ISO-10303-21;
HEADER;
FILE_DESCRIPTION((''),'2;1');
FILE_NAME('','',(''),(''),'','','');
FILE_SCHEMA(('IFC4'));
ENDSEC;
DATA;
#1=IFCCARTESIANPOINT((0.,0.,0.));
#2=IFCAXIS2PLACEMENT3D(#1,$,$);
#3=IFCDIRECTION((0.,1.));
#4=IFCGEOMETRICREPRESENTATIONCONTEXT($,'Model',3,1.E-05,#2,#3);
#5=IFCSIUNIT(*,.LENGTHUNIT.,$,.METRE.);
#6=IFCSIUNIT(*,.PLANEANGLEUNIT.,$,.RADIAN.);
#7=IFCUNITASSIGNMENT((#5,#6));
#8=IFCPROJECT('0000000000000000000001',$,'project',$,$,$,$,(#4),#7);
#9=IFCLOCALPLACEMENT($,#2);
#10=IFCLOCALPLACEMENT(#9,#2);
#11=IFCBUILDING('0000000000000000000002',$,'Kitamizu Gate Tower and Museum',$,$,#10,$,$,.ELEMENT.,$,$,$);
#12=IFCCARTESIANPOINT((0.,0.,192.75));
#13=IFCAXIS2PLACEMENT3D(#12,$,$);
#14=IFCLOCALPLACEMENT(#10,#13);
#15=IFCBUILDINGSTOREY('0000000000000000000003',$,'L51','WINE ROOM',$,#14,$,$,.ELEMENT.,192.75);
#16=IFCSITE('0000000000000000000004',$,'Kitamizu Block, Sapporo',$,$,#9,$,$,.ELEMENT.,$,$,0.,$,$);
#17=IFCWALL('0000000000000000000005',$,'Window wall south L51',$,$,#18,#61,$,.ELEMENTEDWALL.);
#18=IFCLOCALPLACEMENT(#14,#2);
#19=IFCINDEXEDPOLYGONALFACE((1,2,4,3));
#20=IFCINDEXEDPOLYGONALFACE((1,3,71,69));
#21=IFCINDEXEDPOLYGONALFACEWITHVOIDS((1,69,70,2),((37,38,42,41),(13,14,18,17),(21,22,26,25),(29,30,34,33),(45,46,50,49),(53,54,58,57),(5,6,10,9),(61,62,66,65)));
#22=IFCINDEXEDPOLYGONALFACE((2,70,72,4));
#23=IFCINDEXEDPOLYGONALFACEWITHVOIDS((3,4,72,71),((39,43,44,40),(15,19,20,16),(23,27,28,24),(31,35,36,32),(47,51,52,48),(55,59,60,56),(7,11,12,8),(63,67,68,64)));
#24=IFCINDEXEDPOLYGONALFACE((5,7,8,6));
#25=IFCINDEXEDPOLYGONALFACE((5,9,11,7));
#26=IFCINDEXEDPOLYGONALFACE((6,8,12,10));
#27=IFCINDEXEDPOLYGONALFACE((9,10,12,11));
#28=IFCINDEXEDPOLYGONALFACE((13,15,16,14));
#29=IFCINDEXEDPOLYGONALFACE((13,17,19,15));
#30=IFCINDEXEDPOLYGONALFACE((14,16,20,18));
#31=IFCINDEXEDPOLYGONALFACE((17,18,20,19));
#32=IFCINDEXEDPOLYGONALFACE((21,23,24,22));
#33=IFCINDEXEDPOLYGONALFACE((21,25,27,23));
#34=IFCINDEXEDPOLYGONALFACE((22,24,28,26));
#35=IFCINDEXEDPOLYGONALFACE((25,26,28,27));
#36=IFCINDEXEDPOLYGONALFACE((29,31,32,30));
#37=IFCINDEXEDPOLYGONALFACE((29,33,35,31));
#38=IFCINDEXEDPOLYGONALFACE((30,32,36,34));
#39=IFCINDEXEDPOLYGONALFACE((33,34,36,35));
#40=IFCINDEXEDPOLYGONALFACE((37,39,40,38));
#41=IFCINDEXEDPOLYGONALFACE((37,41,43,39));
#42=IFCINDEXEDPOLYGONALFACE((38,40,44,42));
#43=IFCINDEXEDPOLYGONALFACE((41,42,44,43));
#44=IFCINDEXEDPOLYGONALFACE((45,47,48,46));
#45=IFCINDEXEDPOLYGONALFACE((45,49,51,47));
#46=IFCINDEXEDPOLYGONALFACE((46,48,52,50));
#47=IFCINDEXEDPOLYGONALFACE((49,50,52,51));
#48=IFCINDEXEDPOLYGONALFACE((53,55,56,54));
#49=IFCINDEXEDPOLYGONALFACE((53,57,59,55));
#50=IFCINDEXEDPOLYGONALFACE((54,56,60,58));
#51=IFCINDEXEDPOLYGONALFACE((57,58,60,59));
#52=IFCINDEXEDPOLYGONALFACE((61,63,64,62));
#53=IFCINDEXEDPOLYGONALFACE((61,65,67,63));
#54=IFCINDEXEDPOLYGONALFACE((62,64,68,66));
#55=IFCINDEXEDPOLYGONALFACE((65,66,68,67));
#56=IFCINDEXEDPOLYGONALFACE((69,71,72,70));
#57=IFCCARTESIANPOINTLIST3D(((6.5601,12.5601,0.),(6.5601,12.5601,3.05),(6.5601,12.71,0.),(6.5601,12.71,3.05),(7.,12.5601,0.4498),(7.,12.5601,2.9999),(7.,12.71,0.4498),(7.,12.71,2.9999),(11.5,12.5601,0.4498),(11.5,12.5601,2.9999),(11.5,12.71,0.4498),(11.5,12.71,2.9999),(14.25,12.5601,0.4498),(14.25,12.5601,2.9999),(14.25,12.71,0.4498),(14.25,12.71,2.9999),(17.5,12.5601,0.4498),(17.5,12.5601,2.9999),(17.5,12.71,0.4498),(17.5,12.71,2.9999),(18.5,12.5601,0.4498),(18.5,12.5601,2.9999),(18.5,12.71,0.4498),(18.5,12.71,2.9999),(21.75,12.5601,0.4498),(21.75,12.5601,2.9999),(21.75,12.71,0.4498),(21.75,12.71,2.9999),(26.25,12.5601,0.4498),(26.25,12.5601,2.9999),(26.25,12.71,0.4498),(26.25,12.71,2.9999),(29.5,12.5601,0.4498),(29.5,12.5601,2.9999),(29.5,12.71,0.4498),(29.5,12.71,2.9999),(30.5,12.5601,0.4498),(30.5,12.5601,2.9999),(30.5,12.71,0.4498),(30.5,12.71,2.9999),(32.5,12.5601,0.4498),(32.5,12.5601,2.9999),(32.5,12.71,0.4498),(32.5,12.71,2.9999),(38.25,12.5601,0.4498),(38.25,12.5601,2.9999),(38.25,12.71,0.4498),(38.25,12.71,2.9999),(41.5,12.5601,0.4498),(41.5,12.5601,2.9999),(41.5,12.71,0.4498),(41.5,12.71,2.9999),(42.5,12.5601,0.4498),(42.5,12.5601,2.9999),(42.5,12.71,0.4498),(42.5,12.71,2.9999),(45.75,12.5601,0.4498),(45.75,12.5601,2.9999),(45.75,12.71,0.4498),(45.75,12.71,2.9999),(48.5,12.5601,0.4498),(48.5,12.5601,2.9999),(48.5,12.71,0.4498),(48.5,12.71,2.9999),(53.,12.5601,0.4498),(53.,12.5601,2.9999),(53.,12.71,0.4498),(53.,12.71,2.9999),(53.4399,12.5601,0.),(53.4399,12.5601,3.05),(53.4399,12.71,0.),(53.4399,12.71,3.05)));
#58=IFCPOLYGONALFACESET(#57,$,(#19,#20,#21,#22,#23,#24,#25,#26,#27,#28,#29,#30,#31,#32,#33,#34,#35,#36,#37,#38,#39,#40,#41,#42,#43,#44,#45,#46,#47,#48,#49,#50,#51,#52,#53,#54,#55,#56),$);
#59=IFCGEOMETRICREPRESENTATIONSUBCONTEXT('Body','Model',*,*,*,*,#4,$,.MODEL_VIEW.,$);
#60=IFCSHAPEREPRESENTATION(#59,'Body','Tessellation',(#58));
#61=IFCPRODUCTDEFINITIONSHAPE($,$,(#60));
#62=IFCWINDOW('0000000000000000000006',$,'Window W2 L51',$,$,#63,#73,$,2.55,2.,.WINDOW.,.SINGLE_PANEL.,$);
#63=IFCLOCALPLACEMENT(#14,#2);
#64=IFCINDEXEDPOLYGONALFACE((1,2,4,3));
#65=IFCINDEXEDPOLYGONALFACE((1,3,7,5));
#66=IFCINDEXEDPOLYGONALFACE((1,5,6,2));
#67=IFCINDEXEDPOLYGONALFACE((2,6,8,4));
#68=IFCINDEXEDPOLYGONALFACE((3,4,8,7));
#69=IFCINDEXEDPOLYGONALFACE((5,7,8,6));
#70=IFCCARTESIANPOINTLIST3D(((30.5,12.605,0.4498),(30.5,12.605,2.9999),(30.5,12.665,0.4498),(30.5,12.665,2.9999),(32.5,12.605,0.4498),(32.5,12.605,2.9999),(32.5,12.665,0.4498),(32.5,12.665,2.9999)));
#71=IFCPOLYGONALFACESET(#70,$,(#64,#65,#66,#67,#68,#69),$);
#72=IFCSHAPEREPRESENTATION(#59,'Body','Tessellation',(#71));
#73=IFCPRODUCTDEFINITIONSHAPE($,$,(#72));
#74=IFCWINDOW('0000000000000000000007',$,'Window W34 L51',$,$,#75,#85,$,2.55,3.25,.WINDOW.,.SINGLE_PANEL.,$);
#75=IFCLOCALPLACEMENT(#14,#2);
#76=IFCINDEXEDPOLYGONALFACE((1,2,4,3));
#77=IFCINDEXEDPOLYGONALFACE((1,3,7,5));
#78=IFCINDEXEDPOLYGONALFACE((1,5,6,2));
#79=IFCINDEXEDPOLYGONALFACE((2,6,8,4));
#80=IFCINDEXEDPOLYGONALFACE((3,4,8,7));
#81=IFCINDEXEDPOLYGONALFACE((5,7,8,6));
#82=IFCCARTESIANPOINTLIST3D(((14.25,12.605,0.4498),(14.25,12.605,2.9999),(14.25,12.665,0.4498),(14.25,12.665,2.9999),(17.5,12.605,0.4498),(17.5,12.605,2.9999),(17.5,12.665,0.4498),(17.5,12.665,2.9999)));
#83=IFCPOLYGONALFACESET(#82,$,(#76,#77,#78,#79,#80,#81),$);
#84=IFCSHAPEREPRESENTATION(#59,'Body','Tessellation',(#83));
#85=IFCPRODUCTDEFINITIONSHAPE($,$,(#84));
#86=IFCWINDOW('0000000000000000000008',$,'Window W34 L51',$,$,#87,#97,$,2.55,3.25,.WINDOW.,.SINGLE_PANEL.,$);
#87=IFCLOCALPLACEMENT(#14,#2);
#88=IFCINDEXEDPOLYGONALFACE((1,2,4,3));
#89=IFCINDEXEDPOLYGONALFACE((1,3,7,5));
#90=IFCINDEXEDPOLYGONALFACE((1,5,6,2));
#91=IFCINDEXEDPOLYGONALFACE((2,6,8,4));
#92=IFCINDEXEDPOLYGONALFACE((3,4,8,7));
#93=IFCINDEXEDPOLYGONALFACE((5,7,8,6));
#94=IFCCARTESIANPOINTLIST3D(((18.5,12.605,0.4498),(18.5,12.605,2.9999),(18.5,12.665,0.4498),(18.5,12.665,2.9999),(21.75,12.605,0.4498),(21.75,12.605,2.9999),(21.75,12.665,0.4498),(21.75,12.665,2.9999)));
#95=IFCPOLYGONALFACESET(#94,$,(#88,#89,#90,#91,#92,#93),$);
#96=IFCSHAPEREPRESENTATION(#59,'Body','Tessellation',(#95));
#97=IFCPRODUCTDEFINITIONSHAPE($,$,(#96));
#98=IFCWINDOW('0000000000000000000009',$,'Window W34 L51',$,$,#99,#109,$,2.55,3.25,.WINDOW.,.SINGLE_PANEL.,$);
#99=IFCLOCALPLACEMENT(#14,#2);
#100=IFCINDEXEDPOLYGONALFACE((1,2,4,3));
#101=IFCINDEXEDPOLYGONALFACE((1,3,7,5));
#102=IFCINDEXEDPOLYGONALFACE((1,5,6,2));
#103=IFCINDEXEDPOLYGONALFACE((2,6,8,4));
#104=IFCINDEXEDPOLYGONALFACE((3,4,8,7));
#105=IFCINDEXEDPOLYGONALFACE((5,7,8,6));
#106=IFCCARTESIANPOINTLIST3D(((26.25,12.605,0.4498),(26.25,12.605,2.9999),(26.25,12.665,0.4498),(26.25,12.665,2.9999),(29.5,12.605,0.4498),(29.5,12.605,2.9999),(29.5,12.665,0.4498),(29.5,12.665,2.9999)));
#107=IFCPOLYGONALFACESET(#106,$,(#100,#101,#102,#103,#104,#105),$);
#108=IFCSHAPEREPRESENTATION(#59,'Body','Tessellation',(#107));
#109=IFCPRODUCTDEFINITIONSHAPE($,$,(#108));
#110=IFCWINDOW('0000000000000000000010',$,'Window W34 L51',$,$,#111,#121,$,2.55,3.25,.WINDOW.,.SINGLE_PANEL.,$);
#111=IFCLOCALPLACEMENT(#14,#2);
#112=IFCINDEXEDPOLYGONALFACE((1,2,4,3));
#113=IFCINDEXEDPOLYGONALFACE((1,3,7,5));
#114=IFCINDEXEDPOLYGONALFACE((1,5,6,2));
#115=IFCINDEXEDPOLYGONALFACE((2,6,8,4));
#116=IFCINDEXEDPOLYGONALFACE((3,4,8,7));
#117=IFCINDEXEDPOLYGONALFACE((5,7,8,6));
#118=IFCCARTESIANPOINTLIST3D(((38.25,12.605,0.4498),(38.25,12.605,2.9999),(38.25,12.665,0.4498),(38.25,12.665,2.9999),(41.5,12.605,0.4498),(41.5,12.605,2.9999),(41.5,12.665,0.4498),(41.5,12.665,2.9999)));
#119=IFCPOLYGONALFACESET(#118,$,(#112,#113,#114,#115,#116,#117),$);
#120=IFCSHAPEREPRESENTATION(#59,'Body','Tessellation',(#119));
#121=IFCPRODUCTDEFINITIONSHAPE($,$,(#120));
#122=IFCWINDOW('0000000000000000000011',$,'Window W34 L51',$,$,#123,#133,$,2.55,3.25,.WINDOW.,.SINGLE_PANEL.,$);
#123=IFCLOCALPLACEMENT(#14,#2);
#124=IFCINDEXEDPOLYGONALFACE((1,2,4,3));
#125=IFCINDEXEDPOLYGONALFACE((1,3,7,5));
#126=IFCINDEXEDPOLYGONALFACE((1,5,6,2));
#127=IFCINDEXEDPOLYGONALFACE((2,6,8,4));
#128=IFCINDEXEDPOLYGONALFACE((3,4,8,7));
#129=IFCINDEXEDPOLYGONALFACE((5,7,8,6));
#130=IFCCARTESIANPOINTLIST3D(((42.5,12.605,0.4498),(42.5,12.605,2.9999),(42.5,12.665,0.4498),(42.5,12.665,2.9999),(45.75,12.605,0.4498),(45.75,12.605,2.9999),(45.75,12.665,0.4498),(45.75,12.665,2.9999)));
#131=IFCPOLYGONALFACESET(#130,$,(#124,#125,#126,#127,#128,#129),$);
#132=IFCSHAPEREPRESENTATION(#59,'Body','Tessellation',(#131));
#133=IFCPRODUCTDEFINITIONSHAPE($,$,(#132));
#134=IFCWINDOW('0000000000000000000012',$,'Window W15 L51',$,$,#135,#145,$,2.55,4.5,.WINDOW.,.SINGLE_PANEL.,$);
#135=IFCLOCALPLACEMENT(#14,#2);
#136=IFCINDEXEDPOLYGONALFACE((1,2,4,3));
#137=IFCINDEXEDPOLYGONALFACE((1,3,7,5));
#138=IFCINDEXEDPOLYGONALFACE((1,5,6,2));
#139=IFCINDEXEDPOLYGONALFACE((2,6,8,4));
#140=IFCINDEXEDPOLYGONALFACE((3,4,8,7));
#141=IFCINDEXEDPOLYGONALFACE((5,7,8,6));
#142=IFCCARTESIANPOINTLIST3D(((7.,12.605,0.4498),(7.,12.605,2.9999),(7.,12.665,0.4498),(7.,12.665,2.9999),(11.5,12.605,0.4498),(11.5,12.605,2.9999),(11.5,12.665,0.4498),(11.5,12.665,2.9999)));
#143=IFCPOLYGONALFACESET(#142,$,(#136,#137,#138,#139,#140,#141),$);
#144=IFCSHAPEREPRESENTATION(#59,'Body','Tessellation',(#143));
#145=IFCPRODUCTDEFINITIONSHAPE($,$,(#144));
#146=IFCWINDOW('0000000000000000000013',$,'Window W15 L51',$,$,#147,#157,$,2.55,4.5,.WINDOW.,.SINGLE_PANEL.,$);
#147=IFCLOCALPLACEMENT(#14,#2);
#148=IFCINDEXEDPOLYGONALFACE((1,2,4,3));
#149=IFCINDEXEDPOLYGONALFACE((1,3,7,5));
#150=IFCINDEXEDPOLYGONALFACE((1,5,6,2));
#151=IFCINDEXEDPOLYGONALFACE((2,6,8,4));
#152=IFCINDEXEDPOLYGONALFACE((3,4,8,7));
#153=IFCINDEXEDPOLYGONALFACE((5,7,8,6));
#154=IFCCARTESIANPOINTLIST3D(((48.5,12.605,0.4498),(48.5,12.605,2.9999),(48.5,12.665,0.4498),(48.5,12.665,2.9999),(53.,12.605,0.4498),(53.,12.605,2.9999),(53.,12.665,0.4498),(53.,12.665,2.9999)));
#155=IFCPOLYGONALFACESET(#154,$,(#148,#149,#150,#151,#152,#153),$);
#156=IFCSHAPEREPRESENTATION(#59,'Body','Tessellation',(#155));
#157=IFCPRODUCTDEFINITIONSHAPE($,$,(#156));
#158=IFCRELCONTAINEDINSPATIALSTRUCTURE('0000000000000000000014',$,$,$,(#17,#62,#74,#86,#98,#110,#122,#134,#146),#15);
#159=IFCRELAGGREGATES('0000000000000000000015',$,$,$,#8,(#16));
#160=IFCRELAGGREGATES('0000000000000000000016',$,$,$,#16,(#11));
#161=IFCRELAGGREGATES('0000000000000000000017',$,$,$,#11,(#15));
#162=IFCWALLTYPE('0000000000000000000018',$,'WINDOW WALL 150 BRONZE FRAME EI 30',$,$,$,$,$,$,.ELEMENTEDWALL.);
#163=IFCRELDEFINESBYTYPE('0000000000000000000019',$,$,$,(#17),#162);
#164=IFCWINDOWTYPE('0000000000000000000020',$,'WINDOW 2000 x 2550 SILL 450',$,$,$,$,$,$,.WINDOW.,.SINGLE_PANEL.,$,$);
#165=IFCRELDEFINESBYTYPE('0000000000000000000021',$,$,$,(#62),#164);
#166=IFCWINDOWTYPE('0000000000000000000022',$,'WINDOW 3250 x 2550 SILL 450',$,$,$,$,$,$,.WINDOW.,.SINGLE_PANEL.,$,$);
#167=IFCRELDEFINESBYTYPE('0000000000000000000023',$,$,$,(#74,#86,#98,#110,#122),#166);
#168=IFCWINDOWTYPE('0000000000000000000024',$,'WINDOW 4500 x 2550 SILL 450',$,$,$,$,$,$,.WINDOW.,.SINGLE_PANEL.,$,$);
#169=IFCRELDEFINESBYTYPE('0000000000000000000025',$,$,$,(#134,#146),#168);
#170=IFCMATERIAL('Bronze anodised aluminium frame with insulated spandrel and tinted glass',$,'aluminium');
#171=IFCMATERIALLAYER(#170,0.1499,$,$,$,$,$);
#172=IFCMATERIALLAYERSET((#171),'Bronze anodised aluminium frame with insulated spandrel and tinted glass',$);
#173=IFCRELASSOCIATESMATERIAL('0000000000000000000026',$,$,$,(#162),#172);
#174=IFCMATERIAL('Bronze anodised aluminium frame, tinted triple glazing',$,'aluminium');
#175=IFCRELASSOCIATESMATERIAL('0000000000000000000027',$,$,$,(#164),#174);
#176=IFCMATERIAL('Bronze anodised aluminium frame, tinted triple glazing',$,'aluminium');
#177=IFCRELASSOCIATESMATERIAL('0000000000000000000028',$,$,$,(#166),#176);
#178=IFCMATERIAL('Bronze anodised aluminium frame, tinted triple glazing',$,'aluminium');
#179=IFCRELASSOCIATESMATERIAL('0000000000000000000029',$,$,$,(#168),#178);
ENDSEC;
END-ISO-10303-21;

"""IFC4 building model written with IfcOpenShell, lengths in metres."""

from ifc_helpers import new_model, si_unit, direction, frame, frame_2d, origin, place, context, subcontext, project, spatial, rectangle, extrude, material, layer, layer_set, type_object, element, fill, save


model = new_model("IFC4")

# Units and contexts
model_context = context("Model", 3, precision=1e-05, world=origin(), true_north=direction((0.0, 1.0)))
body_context = subcontext(model_context, "Body", "Model", "MODEL_VIEW")
ifc_project = project(units=[si_unit("LENGTHUNIT", "METRE"), si_unit("PLANEANGLEUNIT", "RADIAN")], contexts=[model_context])

# Site, building, storey
site_placement = place(None, origin())
site = spatial("IfcSite", under=ifc_project, at=site_placement, Name="Kitamizu Block, Sapporo", CompositionType="ELEMENT", RefElevation=0.0)
building_placement = place(site_placement, origin())
building = spatial("IfcBuilding", under=site, at=building_placement, Name="Kitamizu Gate Tower and Museum", CompositionType="ELEMENT")
storey_placement = place(building_placement, frame((0.0, 0.0, 192.75)))
storey = spatial("IfcBuildingStorey", under=building, at=storey_placement, Name="L51", Description="WINE ROOM", CompositionType="ELEMENT", Elevation=192.75)

# Wall, openings, windows
ifc_material_1 = material(Name="Bronze anodised aluminium frame with insulated spandrel and tinted glass", Category="aluminium")
ifc_layer_1 = layer(ifc_material_1, 0.1499)
ifc_layer_set_1 = layer_set([ifc_layer_1], Name="Bronze anodised aluminium frame with insulated spandrel and tinted glass")
wall_type_1 = type_object("IfcWallType", Name="WINDOW WALL 150 BRONZE FRAME EI 30", PredefinedType="ELEMENTEDWALL", material=ifc_layer_set_1)
wall_1_placement = place(storey_placement, frame((6.5601, 12.635, 0.0), z_axis=(0.0, 0.0, 1.0), x_axis=(1.0, 0.0, 0.0)))
wall_1 = element("IfcWall", 1, at=wall_1_placement, inside=storey, type_object=wall_type_1, Name="Window wall south L51", PredefinedType="ELEMENTEDWALL", context=body_context, shape_type="SweptSolid", body=[
    extrude(rectangle(XDim=46.8799, YDim=0.1499, at=frame_2d((23.4399, 0.0))), origin(), (0.0, 0.0, 1.0), 3.05),
])
opening_1_placement = place(wall_1_placement, frame((0.4399, 0.0, 0.45)))
opening_1 = element("IfcOpeningElement", 2, at=opening_1_placement, cuts=wall_1, PredefinedType="OPENING", context=body_context, shape_type="SweptSolid", body=[
    extrude(rectangle(XDim=4.5, YDim=2.55, at=frame_2d((2.25, 1.2749))), frame((0.0, 0.085, 0.0), z_axis=(0.0, -1.0, 0.0), x_axis=(1.0, 0.0, 0.0)), (0.0, 0.0, 1.0), 0.1699),
])
opening_2_placement = place(wall_1_placement, frame((7.6899, 0.0, 0.45)))
opening_2 = element("IfcOpeningElement", 3, at=opening_2_placement, cuts=wall_1, PredefinedType="OPENING", context=body_context, shape_type="SweptSolid", body=[
    extrude(rectangle(XDim=3.25, YDim=2.55, at=frame_2d((1.625, 1.2749))), frame((0.0, 0.085, 0.0), z_axis=(0.0, -1.0, 0.0), x_axis=(1.0, 0.0, 0.0)), (0.0, 0.0, 1.0), 0.1699),
])
opening_3_placement = place(wall_1_placement, frame((11.9399, 0.0, 0.45)))
opening_3 = element("IfcOpeningElement", 4, at=opening_3_placement, cuts=wall_1, PredefinedType="OPENING", context=body_context, shape_type="SweptSolid", body=[
    extrude(rectangle(XDim=3.25, YDim=2.55, at=frame_2d((1.625, 1.2749))), frame((0.0, 0.085, 0.0), z_axis=(0.0, -1.0, 0.0), x_axis=(1.0, 0.0, 0.0)), (0.0, 0.0, 1.0), 0.1699),
])
opening_4_placement = place(wall_1_placement, frame((19.6899, 0.0, 0.45)))
opening_4 = element("IfcOpeningElement", 5, at=opening_4_placement, cuts=wall_1, PredefinedType="OPENING", context=body_context, shape_type="SweptSolid", body=[
    extrude(rectangle(XDim=3.25, YDim=2.55, at=frame_2d((1.625, 1.2749))), frame((0.0, 0.085, 0.0), z_axis=(0.0, -1.0, 0.0), x_axis=(1.0, 0.0, 0.0)), (0.0, 0.0, 1.0), 0.1699),
])
opening_5_placement = place(wall_1_placement, frame((23.9399, 0.0, 0.45)))
opening_5 = element("IfcOpeningElement", 6, at=opening_5_placement, cuts=wall_1, PredefinedType="OPENING", context=body_context, shape_type="SweptSolid", body=[
    extrude(rectangle(XDim=2.0, YDim=2.55, at=frame_2d((1.0, 1.2749))), frame((0.0, 0.085, 0.0), z_axis=(0.0, -1.0, 0.0), x_axis=(1.0, 0.0, 0.0)), (0.0, 0.0, 1.0), 0.1699),
])
opening_6_placement = place(wall_1_placement, frame((31.6899, 0.0, 0.45)))
opening_6 = element("IfcOpeningElement", 7, at=opening_6_placement, cuts=wall_1, PredefinedType="OPENING", context=body_context, shape_type="SweptSolid", body=[
    extrude(rectangle(XDim=3.25, YDim=2.55, at=frame_2d((1.625, 1.2749))), frame((0.0, 0.085, 0.0), z_axis=(0.0, -1.0, 0.0), x_axis=(1.0, 0.0, 0.0)), (0.0, 0.0, 1.0), 0.1699),
])
opening_7_placement = place(wall_1_placement, frame((35.9399, 0.0, 0.45)))
opening_7 = element("IfcOpeningElement", 8, at=opening_7_placement, cuts=wall_1, PredefinedType="OPENING", context=body_context, shape_type="SweptSolid", body=[
    extrude(rectangle(XDim=3.25, YDim=2.55, at=frame_2d((1.625, 1.2749))), frame((0.0, 0.085, 0.0), z_axis=(0.0, -1.0, 0.0), x_axis=(1.0, 0.0, 0.0)), (0.0, 0.0, 1.0), 0.1699),
])
opening_8_placement = place(wall_1_placement, frame((41.9399, 0.0, 0.45)))
opening_8 = element("IfcOpeningElement", 9, at=opening_8_placement, cuts=wall_1, PredefinedType="OPENING", context=body_context, shape_type="SweptSolid", body=[
    extrude(rectangle(XDim=4.5, YDim=2.55, at=frame_2d((2.25, 1.2749))), frame((0.0, 0.085, 0.0), z_axis=(0.0, -1.0, 0.0), x_axis=(1.0, 0.0, 0.0)), (0.0, 0.0, 1.0), 0.1699),
])
ifc_material_2 = material(Name="Bronze anodised aluminium frame, tinted triple glazing", Category="aluminium")
window_type_1 = type_object("IfcWindowType", Name="WINDOW 2000 x 2550 SILL 450", PartitioningType="SINGLE_PANEL", PredefinedType="WINDOW", material=ifc_material_2)
window_1_placement = place(opening_5_placement, origin())
window_1 = element("IfcWindow", 10, at=window_1_placement, inside=storey, type_object=window_type_1, Name="Window W2 L51", OverallHeight=2.55, OverallWidth=2.0, PartitioningType="SINGLE_PANEL", PredefinedType="WINDOW", context=body_context, shape_type="SweptSolid", body=[
    extrude(rectangle(XDim=2.0, YDim=2.55, at=frame_2d((1.0, 1.2749))), frame((0.0, 0.03, 0.0), z_axis=(0.0, -1.0, 0.0), x_axis=(1.0, 0.0, 0.0)), (0.0, 0.0, 1.0), 0.0601),
])
fill(opening_5, window_1)
ifc_material_3 = material(Name="Bronze anodised aluminium frame, tinted triple glazing", Category="aluminium")
window_type_2 = type_object("IfcWindowType", Name="WINDOW 3250 x 2550 SILL 450", PartitioningType="SINGLE_PANEL", PredefinedType="WINDOW", material=ifc_material_3)
window_2_placement = place(opening_2_placement, origin())
window_2 = element("IfcWindow", 11, at=window_2_placement, inside=storey, type_object=window_type_2, Name="Window W34 L51", OverallHeight=2.55, OverallWidth=3.25, PartitioningType="SINGLE_PANEL", PredefinedType="WINDOW", context=body_context, shape_type="SweptSolid", body=[
    extrude(rectangle(XDim=3.25, YDim=2.55, at=frame_2d((1.625, 1.2749))), frame((0.0, 0.03, 0.0), z_axis=(0.0, -1.0, 0.0), x_axis=(1.0, 0.0, 0.0)), (0.0, 0.0, 1.0), 0.0601),
])
fill(opening_2, window_2)
window_3_placement = place(opening_3_placement, origin())
window_3 = element("IfcWindow", 12, at=window_3_placement, inside=storey, type_object=window_type_2, Name="Window W34 L51", OverallHeight=2.55, OverallWidth=3.25, PartitioningType="SINGLE_PANEL", PredefinedType="WINDOW", context=body_context, shape_type="SweptSolid", body=[
    extrude(rectangle(XDim=3.25, YDim=2.55, at=frame_2d((1.625, 1.2749))), frame((0.0, 0.03, 0.0), z_axis=(0.0, -1.0, 0.0), x_axis=(1.0, 0.0, 0.0)), (0.0, 0.0, 1.0), 0.0601),
])
fill(opening_3, window_3)
window_4_placement = place(opening_4_placement, origin())
window_4 = element("IfcWindow", 13, at=window_4_placement, inside=storey, type_object=window_type_2, Name="Window W34 L51", OverallHeight=2.55, OverallWidth=3.25, PartitioningType="SINGLE_PANEL", PredefinedType="WINDOW", context=body_context, shape_type="SweptSolid", body=[
    extrude(rectangle(XDim=3.25, YDim=2.55, at=frame_2d((1.625, 1.2749))), frame((0.0, 0.03, 0.0), z_axis=(0.0, -1.0, 0.0), x_axis=(1.0, 0.0, 0.0)), (0.0, 0.0, 1.0), 0.0601),
])
fill(opening_4, window_4)
window_5_placement = place(opening_6_placement, origin())
window_5 = element("IfcWindow", 14, at=window_5_placement, inside=storey, type_object=window_type_2, Name="Window W34 L51", OverallHeight=2.55, OverallWidth=3.25, PartitioningType="SINGLE_PANEL", PredefinedType="WINDOW", context=body_context, shape_type="SweptSolid", body=[
    extrude(rectangle(XDim=3.25, YDim=2.55, at=frame_2d((1.625, 1.2749))), frame((0.0, 0.03, 0.0), z_axis=(0.0, -1.0, 0.0), x_axis=(1.0, 0.0, 0.0)), (0.0, 0.0, 1.0), 0.0601),
])
fill(opening_6, window_5)
window_6_placement = place(opening_7_placement, origin())
window_6 = element("IfcWindow", 15, at=window_6_placement, inside=storey, type_object=window_type_2, Name="Window W34 L51", OverallHeight=2.55, OverallWidth=3.25, PartitioningType="SINGLE_PANEL", PredefinedType="WINDOW", context=body_context, shape_type="SweptSolid", body=[
    extrude(rectangle(XDim=3.25, YDim=2.55, at=frame_2d((1.625, 1.2749))), frame((0.0, 0.03, 0.0), z_axis=(0.0, -1.0, 0.0), x_axis=(1.0, 0.0, 0.0)), (0.0, 0.0, 1.0), 0.0601),
])
fill(opening_7, window_6)
ifc_material_4 = material(Name="Bronze anodised aluminium frame, tinted triple glazing", Category="aluminium")
window_type_3 = type_object("IfcWindowType", Name="WINDOW 4500 x 2550 SILL 450", PartitioningType="SINGLE_PANEL", PredefinedType="WINDOW", material=ifc_material_4)
window_7_placement = place(opening_1_placement, origin())
window_7 = element("IfcWindow", 16, at=window_7_placement, inside=storey, type_object=window_type_3, Name="Window W15 L51", OverallHeight=2.55, OverallWidth=4.5, PartitioningType="SINGLE_PANEL", PredefinedType="WINDOW", context=body_context, shape_type="SweptSolid", body=[
    extrude(rectangle(XDim=4.5, YDim=2.55, at=frame_2d((2.25, 1.2749))), frame((0.0, 0.03, 0.0), z_axis=(0.0, -1.0, 0.0), x_axis=(1.0, 0.0, 0.0)), (0.0, 0.0, 1.0), 0.0601),
])
fill(opening_1, window_7)
window_8_placement = place(opening_8_placement, origin())
window_8 = element("IfcWindow", 17, at=window_8_placement, inside=storey, type_object=window_type_3, Name="Window W15 L51", OverallHeight=2.55, OverallWidth=4.5, PartitioningType="SINGLE_PANEL", PredefinedType="WINDOW", context=body_context, shape_type="SweptSolid", body=[
    extrude(rectangle(XDim=4.5, YDim=2.55, at=frame_2d((2.25, 1.2749))), frame((0.0, 0.03, 0.0), z_axis=(0.0, -1.0, 0.0), x_axis=(1.0, 0.0, 0.0)), (0.0, 0.0, 1.0), 0.0601),
])
fill(opening_8, window_8)

save(model, "model.ifc")
